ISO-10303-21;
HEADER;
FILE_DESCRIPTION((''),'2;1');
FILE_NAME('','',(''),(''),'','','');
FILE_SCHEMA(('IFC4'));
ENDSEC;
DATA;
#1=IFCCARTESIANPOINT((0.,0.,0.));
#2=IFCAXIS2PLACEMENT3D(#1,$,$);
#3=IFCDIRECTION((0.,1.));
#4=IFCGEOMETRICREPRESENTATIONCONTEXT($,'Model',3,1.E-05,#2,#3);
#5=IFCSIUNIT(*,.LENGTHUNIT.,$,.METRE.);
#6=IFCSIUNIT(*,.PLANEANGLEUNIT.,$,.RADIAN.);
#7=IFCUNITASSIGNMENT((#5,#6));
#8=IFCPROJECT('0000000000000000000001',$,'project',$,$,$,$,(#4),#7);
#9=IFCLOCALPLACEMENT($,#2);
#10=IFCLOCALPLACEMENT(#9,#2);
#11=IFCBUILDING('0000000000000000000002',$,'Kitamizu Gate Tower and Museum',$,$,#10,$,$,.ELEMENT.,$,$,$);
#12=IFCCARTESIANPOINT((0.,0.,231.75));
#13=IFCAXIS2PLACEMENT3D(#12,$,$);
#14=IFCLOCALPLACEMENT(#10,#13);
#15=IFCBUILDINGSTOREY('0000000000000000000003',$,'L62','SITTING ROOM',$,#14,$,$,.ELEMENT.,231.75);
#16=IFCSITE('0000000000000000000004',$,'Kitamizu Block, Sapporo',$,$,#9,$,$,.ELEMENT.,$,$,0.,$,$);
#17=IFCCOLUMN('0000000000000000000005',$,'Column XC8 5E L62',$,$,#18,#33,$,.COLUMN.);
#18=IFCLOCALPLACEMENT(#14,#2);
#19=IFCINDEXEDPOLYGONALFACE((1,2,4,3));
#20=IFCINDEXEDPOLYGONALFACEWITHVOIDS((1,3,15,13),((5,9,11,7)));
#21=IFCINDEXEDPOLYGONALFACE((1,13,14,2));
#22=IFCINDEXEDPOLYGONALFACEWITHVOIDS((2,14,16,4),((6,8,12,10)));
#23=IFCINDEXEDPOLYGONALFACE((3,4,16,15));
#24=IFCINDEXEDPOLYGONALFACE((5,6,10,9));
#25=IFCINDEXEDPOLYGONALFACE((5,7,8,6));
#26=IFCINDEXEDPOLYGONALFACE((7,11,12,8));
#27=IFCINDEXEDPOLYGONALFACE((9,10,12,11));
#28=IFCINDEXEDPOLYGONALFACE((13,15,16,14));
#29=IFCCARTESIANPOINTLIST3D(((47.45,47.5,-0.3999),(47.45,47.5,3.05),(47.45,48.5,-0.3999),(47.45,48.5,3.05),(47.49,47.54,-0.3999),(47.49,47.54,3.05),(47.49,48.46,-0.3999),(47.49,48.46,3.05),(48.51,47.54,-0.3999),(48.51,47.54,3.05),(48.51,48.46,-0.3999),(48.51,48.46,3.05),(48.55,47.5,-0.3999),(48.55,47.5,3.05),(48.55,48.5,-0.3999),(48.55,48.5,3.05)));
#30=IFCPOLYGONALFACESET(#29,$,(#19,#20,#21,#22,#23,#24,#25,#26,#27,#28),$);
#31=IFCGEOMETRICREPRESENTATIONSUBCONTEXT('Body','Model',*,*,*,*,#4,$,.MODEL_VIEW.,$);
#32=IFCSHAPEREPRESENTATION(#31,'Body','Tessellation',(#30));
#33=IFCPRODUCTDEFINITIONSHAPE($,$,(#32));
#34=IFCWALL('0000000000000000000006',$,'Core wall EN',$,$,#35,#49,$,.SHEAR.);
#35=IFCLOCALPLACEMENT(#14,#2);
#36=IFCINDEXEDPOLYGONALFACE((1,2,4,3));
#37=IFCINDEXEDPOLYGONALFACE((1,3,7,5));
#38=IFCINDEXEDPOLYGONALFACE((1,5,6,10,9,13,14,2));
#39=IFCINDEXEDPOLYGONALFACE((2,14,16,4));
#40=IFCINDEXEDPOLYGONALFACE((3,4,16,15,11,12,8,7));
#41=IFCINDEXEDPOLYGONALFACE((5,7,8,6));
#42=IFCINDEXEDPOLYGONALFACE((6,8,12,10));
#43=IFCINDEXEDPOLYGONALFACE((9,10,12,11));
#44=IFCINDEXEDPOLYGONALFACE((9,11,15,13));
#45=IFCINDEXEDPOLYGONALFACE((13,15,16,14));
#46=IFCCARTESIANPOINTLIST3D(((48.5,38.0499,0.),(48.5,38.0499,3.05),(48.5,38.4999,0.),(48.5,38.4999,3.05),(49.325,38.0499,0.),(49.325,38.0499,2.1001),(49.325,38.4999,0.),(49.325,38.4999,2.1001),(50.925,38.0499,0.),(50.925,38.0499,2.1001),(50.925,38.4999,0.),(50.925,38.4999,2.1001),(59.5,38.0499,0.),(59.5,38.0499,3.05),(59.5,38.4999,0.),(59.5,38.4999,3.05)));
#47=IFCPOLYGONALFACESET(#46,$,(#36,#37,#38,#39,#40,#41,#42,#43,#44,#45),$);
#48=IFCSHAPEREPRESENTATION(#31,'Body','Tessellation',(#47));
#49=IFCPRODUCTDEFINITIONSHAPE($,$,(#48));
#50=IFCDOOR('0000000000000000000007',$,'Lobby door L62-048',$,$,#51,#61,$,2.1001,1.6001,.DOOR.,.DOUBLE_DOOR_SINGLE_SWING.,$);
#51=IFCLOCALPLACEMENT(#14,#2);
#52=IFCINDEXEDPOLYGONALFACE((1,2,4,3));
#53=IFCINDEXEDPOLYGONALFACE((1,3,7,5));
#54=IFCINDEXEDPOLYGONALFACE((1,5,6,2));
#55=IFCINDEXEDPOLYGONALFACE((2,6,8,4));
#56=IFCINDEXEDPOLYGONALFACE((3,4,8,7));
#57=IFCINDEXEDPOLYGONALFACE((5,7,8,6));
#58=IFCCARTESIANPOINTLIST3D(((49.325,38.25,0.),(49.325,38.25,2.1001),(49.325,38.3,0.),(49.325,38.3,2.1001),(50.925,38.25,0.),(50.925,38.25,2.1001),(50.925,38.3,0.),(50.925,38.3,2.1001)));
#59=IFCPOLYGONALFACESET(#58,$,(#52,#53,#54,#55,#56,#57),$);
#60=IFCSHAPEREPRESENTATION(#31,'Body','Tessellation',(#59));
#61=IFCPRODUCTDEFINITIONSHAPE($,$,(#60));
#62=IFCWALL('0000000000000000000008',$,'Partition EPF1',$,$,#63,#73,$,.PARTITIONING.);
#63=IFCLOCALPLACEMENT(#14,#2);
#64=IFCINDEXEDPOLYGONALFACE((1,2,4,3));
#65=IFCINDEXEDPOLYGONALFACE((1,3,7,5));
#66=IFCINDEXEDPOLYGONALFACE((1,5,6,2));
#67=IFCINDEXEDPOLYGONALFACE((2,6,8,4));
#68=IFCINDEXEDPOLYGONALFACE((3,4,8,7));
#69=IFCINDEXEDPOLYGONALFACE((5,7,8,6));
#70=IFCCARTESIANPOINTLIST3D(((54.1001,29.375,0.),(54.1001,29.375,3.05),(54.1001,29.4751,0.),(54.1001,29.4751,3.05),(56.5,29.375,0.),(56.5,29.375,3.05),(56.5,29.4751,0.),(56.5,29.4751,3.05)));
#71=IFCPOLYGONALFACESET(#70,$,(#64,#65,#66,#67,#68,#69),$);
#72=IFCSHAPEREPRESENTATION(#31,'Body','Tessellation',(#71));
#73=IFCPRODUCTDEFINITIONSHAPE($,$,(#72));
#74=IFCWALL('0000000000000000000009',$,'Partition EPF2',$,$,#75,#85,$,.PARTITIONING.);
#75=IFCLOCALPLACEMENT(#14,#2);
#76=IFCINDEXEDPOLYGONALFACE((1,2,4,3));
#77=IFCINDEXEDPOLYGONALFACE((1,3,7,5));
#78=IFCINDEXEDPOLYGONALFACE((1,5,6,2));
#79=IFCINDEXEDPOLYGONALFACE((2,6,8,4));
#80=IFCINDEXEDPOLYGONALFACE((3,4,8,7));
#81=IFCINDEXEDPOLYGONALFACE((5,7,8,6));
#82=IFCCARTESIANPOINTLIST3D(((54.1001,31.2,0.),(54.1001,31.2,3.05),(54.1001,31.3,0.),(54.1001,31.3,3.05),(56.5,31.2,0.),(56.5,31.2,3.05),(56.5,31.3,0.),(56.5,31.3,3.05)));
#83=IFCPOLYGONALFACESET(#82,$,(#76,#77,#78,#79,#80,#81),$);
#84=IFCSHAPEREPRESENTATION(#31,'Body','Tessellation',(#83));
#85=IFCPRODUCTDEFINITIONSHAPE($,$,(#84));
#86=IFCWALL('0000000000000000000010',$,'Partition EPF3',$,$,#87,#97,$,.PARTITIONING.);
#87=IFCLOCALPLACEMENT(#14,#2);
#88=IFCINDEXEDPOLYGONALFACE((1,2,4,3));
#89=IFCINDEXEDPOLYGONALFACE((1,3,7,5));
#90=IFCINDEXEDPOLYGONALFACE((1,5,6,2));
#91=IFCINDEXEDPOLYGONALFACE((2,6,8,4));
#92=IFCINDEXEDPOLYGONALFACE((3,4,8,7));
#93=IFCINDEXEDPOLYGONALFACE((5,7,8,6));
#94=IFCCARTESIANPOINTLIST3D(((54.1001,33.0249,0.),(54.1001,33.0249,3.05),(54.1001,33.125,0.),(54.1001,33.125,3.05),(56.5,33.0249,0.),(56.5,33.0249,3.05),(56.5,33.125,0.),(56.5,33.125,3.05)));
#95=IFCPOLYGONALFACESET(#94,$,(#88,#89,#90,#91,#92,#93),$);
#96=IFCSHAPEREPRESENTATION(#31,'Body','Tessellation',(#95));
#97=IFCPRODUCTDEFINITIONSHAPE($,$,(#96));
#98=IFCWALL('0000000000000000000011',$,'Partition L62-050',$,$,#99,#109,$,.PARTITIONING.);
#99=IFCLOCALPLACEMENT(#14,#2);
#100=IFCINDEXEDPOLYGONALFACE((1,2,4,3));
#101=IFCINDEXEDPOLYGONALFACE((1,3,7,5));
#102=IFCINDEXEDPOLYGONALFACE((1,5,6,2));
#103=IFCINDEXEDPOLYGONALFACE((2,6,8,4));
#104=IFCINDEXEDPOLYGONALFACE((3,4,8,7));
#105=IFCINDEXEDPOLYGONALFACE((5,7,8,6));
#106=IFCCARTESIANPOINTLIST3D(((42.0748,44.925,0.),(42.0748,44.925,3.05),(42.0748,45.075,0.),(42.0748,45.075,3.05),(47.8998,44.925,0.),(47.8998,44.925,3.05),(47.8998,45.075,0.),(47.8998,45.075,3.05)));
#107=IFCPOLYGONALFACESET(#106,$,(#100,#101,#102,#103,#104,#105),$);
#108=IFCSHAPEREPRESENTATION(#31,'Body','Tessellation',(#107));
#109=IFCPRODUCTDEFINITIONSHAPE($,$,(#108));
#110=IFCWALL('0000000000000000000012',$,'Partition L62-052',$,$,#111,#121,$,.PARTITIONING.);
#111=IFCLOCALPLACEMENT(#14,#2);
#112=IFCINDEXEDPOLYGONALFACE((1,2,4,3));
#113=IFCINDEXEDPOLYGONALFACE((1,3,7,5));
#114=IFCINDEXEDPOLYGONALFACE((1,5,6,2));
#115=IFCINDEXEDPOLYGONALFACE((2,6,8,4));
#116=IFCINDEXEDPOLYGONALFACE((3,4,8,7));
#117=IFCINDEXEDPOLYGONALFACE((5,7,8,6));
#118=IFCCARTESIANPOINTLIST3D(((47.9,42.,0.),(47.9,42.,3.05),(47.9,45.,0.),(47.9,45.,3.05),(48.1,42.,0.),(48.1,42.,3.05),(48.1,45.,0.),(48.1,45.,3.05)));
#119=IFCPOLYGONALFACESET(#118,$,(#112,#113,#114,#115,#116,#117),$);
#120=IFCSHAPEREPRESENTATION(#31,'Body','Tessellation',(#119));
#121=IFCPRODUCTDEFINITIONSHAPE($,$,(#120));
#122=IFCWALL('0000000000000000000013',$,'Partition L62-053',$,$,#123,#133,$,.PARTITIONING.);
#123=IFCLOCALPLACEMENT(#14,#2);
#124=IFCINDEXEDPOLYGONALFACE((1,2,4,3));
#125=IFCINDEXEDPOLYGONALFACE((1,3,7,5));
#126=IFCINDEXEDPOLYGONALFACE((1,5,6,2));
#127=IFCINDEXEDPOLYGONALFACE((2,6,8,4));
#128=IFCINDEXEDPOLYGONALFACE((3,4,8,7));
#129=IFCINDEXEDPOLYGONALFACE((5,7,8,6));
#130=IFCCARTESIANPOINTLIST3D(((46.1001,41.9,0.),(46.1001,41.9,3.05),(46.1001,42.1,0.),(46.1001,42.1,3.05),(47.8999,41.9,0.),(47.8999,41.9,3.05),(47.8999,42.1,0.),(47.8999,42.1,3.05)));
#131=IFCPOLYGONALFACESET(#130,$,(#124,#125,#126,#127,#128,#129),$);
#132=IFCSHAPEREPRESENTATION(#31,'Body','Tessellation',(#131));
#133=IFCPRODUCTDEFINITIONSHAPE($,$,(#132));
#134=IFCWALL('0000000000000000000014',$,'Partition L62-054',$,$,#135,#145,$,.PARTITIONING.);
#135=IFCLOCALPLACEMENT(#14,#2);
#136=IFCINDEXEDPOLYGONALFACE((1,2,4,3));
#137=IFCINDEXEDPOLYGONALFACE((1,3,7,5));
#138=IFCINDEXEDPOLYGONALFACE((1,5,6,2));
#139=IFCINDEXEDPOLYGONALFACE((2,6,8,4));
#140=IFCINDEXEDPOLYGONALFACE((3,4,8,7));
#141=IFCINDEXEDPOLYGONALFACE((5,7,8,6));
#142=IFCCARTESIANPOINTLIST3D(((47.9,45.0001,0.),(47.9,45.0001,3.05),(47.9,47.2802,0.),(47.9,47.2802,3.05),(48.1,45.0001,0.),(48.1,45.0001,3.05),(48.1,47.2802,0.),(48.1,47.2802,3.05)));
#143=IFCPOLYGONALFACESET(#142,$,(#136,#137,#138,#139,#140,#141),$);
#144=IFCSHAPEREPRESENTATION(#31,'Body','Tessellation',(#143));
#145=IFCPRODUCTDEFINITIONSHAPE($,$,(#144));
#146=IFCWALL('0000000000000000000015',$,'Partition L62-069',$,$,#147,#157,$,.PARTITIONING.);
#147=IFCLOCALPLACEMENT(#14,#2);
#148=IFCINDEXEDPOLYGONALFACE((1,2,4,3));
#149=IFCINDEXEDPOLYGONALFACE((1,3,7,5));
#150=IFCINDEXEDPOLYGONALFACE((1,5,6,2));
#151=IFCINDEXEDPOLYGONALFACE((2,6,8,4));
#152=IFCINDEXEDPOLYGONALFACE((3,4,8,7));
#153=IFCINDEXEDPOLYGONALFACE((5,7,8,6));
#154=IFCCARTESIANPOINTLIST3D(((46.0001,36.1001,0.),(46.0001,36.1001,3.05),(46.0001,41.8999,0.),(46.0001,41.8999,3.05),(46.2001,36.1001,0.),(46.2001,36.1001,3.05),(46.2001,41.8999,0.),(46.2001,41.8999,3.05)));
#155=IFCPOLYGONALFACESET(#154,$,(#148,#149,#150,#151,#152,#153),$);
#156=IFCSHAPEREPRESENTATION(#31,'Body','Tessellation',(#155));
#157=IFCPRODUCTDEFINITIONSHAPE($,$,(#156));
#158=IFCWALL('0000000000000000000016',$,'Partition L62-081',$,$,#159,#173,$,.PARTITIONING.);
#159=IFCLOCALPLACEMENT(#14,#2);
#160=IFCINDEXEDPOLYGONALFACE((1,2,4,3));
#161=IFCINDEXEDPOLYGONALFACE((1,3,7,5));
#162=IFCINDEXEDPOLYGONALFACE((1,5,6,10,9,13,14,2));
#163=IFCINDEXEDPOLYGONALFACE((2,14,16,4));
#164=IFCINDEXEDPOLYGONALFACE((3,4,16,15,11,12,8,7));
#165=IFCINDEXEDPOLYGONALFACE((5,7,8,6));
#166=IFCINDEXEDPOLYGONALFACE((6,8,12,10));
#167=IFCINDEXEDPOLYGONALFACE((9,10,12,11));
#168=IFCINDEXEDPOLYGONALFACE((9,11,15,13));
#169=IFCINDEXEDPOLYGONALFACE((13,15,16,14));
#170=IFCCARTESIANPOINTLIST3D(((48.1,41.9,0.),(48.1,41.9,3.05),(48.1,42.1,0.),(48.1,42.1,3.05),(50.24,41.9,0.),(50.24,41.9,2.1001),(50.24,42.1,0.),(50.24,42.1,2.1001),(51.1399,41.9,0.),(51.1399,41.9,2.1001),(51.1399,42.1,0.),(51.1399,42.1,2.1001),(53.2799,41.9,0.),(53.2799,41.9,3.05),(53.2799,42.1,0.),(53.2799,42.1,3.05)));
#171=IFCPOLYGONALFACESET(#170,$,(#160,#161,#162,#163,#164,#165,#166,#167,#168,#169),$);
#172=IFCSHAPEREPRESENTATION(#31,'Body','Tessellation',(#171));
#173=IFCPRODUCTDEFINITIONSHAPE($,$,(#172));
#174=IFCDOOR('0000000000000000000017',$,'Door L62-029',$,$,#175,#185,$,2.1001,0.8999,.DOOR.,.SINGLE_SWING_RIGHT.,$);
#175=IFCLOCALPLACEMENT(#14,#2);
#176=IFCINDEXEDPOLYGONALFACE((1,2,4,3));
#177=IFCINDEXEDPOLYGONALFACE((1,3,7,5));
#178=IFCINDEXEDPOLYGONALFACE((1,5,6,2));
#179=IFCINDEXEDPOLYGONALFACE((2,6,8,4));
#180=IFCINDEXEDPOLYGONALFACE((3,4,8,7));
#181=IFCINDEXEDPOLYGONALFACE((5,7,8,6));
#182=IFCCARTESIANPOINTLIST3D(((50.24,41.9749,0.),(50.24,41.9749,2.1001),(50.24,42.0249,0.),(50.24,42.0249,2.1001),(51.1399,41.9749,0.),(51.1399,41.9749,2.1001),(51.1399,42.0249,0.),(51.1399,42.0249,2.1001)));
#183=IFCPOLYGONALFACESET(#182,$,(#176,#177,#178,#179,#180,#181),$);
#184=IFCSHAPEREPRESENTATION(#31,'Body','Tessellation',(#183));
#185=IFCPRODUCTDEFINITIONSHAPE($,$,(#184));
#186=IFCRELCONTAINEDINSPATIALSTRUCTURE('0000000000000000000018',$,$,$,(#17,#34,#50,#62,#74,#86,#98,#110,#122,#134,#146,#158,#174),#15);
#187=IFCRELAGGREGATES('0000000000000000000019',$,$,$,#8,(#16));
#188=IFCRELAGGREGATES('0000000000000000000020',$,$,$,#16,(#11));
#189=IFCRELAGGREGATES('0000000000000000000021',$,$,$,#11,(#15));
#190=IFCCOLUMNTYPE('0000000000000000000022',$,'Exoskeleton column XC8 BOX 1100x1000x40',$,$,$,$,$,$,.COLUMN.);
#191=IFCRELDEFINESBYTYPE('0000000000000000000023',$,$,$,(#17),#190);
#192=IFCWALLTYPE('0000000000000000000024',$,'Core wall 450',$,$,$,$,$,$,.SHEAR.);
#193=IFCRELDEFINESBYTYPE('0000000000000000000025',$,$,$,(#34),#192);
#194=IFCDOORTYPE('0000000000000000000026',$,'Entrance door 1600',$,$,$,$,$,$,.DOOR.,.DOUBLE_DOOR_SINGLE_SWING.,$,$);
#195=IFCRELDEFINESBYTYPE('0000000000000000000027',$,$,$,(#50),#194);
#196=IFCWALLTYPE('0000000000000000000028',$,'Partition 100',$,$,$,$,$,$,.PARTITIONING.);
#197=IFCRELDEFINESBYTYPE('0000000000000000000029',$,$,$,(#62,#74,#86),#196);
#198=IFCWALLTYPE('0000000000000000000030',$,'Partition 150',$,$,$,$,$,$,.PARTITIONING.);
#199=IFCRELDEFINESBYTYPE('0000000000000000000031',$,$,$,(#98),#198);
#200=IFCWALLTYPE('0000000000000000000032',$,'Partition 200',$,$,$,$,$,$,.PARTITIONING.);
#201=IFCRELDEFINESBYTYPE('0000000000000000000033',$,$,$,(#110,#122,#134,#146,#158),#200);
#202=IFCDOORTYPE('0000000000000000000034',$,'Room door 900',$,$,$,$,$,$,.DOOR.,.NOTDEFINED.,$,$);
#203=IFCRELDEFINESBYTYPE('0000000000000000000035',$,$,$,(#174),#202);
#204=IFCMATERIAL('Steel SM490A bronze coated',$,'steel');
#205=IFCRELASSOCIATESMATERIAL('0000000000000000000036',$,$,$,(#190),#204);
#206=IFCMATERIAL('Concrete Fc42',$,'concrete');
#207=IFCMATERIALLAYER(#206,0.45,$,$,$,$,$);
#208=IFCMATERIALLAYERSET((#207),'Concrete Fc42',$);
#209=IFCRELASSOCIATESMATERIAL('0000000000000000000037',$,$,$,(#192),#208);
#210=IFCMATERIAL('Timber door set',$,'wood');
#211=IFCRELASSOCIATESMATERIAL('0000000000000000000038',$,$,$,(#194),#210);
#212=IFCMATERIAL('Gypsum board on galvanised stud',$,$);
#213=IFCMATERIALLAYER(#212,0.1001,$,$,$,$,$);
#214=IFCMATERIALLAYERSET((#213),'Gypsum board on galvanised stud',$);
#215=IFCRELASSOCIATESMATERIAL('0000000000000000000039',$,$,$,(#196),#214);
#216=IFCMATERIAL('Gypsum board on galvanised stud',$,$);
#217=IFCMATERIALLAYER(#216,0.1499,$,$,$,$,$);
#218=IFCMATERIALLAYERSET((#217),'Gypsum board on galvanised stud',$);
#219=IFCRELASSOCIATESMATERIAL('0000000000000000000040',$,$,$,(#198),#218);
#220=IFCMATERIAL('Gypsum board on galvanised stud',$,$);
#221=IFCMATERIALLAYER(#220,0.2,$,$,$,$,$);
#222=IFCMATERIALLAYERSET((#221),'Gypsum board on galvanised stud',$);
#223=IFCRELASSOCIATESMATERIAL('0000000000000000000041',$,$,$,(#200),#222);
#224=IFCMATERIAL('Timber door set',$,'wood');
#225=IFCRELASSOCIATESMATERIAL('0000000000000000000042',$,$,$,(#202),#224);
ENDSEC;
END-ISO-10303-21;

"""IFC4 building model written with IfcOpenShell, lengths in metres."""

from ifc_helpers import new_model, si_unit, direction, frame, frame_2d, origin, origin_2d, place, context, subcontext, project, spatial, rectangle, hollow_rectangle, extrude, material, layer, layer_set, material_profile, profile_set, type_object, element, fill, save


model = new_model("IFC4")

# Units and contexts
model_context = context("Model", 3, precision=1e-05, world=origin(), true_north=direction((0.0, 1.0)))
body_context = subcontext(model_context, "Body", "Model", "MODEL_VIEW")
ifc_project = project(units=[si_unit("LENGTHUNIT", "METRE"), si_unit("PLANEANGLEUNIT", "RADIAN")], contexts=[model_context])

# Site, building, storey
site_placement = place(None, origin())
site = spatial("IfcSite", under=ifc_project, at=site_placement, Name="Kitamizu Block, Sapporo", CompositionType="ELEMENT", RefElevation=0.0)
building_placement = place(site_placement, origin())
building = spatial("IfcBuilding", under=site, at=building_placement, Name="Kitamizu Gate Tower and Museum", CompositionType="ELEMENT")
storey_placement = place(building_placement, frame((0.0, 0.0, 231.75)))
storey = spatial("IfcBuildingStorey", under=building, at=storey_placement, Name="L62", Description="SITTING ROOM", CompositionType="ELEMENT", Elevation=231.75)

# Column
ifc_material_1 = material(Name="Steel SM490A bronze coated", Category="steel")
ifc_material_profile = material_profile(ifc_material_1, hollow_rectangle(XDim=1.1001, YDim=1.0, WallThickness=0.04, at=origin_2d()), Name="BOX 1100x1000x40")
ifc_profile_set = profile_set([ifc_material_profile], Name="Steel SM490A bronze coated")
column_type = type_object("IfcColumnType", Name="Exoskeleton column XC8 BOX 1100x1000x40", PredefinedType="COLUMN", material=ifc_profile_set)
column_placement = place(storey_placement, frame((48.0, 48.0, -0.3999), z_axis=(0.0, 0.0, 1.0), x_axis=(1.0, 0.0, 0.0)))
element("IfcColumn", 1, at=column_placement, inside=storey, type_object=column_type, Name="Column XC8 5E L62", PredefinedType="COLUMN", context=body_context, shape_type="SweptSolid", body=[
    extrude(hollow_rectangle(XDim=1.1001, YDim=1.0, WallThickness=0.04, at=origin_2d()), origin(), (0.0, 0.0, 1.0), 3.45),
])

# Wall, opening, door
ifc_material_2 = material(Name="Concrete Fc42", Category="concrete")
ifc_layer_1 = layer(ifc_material_2, 0.45)
ifc_layer_set_1 = layer_set([ifc_layer_1], Name="Concrete Fc42")
wall_type_1 = type_object("IfcWallType", Name="Core wall 450", PredefinedType="SHEAR", material=ifc_layer_set_1)
wall_1_placement = place(storey_placement, frame((59.5, 38.2749, 0.0), z_axis=(0.0, 0.0, 1.0), x_axis=(-1.0, 0.0, 0.0)))
wall_1 = element("IfcWall", 2, at=wall_1_placement, inside=storey, type_object=wall_type_1, Name="Core wall EN", PredefinedType="SHEAR", context=body_context, shape_type="SweptSolid", body=[
    extrude(rectangle(XDim=11.0, YDim=0.45, at=frame_2d((5.5, 0.0))), origin(), (0.0, 0.0, 1.0), 3.05),
])
opening_1_placement = place(wall_1_placement, frame((8.575, 0.0, 0.0)))
opening_1 = element("IfcOpeningElement", 3, at=opening_1_placement, cuts=wall_1, PredefinedType="OPENING", context=body_context, shape_type="SweptSolid", body=[
    extrude(rectangle(XDim=1.6001, YDim=2.1001, at=frame_2d((0.8, 1.05))), frame((0.0, 0.2349, 0.0), z_axis=(0.0, -1.0, 0.0), x_axis=(1.0, 0.0, 0.0)), (0.0, 0.0, 1.0), 0.47),
])
ifc_material_3 = material(Name="Timber door set", Category="wood")
door_type_1 = type_object("IfcDoorType", Name="Entrance door 1600", OperationType="DOUBLE_DOOR_SINGLE_SWING", PredefinedType="DOOR", material=ifc_material_3)
door_1_placement = place(opening_1_placement, origin())
door_1 = element("IfcDoor", 4, at=door_1_placement, inside=storey, type_object=door_type_1, Name="Lobby door L62-048", OperationType="DOUBLE_DOOR_SINGLE_SWING", OverallHeight=2.1001, OverallWidth=1.6001, PredefinedType="DOOR", context=body_context, shape_type="SweptSolid", body=[
    extrude(rectangle(XDim=1.6001, YDim=2.1001, at=frame_2d((0.8, 1.05))), frame((0.0, 0.0249, 0.0), z_axis=(0.0, -1.0, 0.0), x_axis=(1.0, 0.0, 0.0)), (0.0, 0.0, 1.0), 0.05),
])
fill(opening_1, door_1)

# Walls
ifc_material_4 = material(Name="Gypsum board on galvanised stud")
ifc_layer_2 = layer(ifc_material_4, 0.1001)
ifc_layer_set_2 = layer_set([ifc_layer_2], Name="Gypsum board on galvanised stud")
wall_type_2 = type_object("IfcWallType", Name="Partition 100", PredefinedType="PARTITIONING", material=ifc_layer_set_2)
for number, where, z_axis, x_axis, name in (
    (5, (56.5, 29.425, 0.0), (0.0, 0.0, 1.0), (-1.0, 0.0, 0.0), "Partition EPF1"),
    (6, (56.5, 31.25, 0.0), (0.0, 0.0, 1.0), (-1.0, 0.0, 0.0), "Partition EPF2"),
    (7, (56.5, 33.075, 0.0), (0.0, 0.0, 1.0), (-1.0, 0.0, 0.0), "Partition EPF3"),
):
    element("IfcWall", number, at=place(storey_placement, frame(where, z_axis=z_axis, x_axis=x_axis)), inside=storey, type_object=wall_type_2, Name=name, PredefinedType="PARTITIONING", context=body_context, shape_type="SweptSolid", body=[
        extrude(rectangle(XDim=2.3999, YDim=0.1001, at=frame_2d((1.2, 0.0))), origin(), (0.0, 0.0, 1.0), 3.05),
    ])
ifc_material_5 = material(Name="Gypsum board on galvanised stud")
ifc_layer_3 = layer(ifc_material_5, 0.1499)
ifc_layer_set_3 = layer_set([ifc_layer_3], Name="Gypsum board on galvanised stud")
wall_type_3 = type_object("IfcWallType", Name="Partition 150", PredefinedType="PARTITIONING", material=ifc_layer_set_3)
wall_2_placement = place(storey_placement, frame((47.8999, 45.0, 0.0), z_axis=(0.0, 0.0, 1.0), x_axis=(-1.0, 0.0, 0.0)))
element("IfcWall", 8, at=wall_2_placement, inside=storey, type_object=wall_type_3, Name="Partition L62-050", PredefinedType="PARTITIONING", context=body_context, shape_type="SweptSolid", body=[
    extrude(rectangle(XDim=5.825, YDim=0.1499, at=frame_2d((2.9126, 0.0))), origin(), (0.0, 0.0, 1.0), 3.05),
])
ifc_material_6 = material(Name="Gypsum board on galvanised stud")
ifc_layer_4 = layer(ifc_material_6, 0.2)
ifc_layer_set_4 = layer_set([ifc_layer_4], Name="Gypsum board on galvanised stud")
wall_type_4 = type_object("IfcWallType", Name="Partition 200", PredefinedType="PARTITIONING", material=ifc_layer_set_4)
wall_3_placement = place(storey_placement, frame((48.0, 42.0, 0.0), z_axis=(0.0, 0.0, 1.0), x_axis=(0.0, 1.0, 0.0)))
element("IfcWall", 9, at=wall_3_placement, inside=storey, type_object=wall_type_4, Name="Partition L62-052", PredefinedType="PARTITIONING", context=body_context, shape_type="SweptSolid", body=[
    extrude(rectangle(XDim=3.0, YDim=0.2, at=frame_2d((1.5, 0.0))), origin(), (0.0, 0.0, 1.0), 3.05),
])
wall_4_placement = place(storey_placement, frame((46.1001, 42.0, 0.0), z_axis=(0.0, 0.0, 1.0), x_axis=(1.0, 0.0, 0.0)))
element("IfcWall", 10, at=wall_4_placement, inside=storey, type_object=wall_type_4, Name="Partition L62-053", PredefinedType="PARTITIONING", context=body_context, shape_type="SweptSolid", body=[
    extrude(rectangle(XDim=1.7998, YDim=0.2, at=frame_2d((0.8999, 0.0))), origin(), (0.0, 0.0, 1.0), 3.05),
])
wall_5_placement = place(storey_placement, frame((48.0, 45.0, 0.0), z_axis=(0.0, 0.0, 1.0), x_axis=(0.0, 1.0, 0.0)))
element("IfcWall", 11, at=wall_5_placement, inside=storey, type_object=wall_type_4, Name="Partition L62-054", PredefinedType="PARTITIONING", context=body_context, shape_type="SweptSolid", body=[
    extrude(rectangle(XDim=2.28, YDim=0.2, at=frame_2d((1.1401, 0.0))), origin(), (0.0, 0.0, 1.0), 3.05),
])
wall_6_placement = place(storey_placement, frame((46.1001, 36.1001, 0.0), z_axis=(0.0, 0.0, 1.0), x_axis=(0.0, 1.0, 0.0)))
element("IfcWall", 12, at=wall_6_placement, inside=storey, type_object=wall_type_4, Name="Partition L62-069", PredefinedType="PARTITIONING", context=body_context, shape_type="SweptSolid", body=[
    extrude(rectangle(XDim=5.7998, YDim=0.2, at=frame_2d((2.8999, 0.0))), origin(), (0.0, 0.0, 1.0), 3.05),
])

# Wall, opening, door
wall_7_placement = place(storey_placement, frame((48.1001, 42.0, 0.0), z_axis=(0.0, 0.0, 1.0), x_axis=(1.0, 0.0, 0.0)))
wall_7 = element("IfcWall", 13, at=wall_7_placement, inside=storey, type_object=wall_type_4, Name="Partition L62-081", PredefinedType="PARTITIONING", context=body_context, shape_type="SweptSolid", body=[
    extrude(rectangle(XDim=5.1799, YDim=0.2, at=frame_2d((2.5898, 0.0))), origin(), (0.0, 0.0, 1.0), 3.05),
])
opening_2_placement = place(wall_7_placement, frame((2.1399, 0.0, 0.0)))
opening_2 = element("IfcOpeningElement", 14, at=opening_2_placement, cuts=wall_7, PredefinedType="OPENING", context=body_context, shape_type="SweptSolid", body=[
    extrude(rectangle(XDim=0.8999, YDim=2.1001, at=frame_2d((0.45, 1.05))), frame((0.0, 0.1099, 0.0), z_axis=(0.0, -1.0, 0.0), x_axis=(1.0, 0.0, 0.0)), (0.0, 0.0, 1.0), 0.22),
])
ifc_material_7 = material(Name="Timber door set", Category="wood")
door_type_2 = type_object("IfcDoorType", Name="Room door 900", OperationType="NOTDEFINED", PredefinedType="DOOR", material=ifc_material_7)
door_2_placement = place(opening_2_placement, origin())
door_2 = element("IfcDoor", 15, at=door_2_placement, inside=storey, type_object=door_type_2, Name="Door L62-029", OperationType="SINGLE_SWING_RIGHT", OverallHeight=2.1001, OverallWidth=0.8999, PredefinedType="DOOR", context=body_context, shape_type="SweptSolid", body=[
    extrude(rectangle(XDim=0.8999, YDim=2.1001, at=frame_2d((0.45, 1.05))), frame((0.0, 0.0249, 0.0), z_axis=(0.0, -1.0, 0.0), x_axis=(1.0, 0.0, 0.0)), (0.0, 0.0, 1.0), 0.05),
])
fill(opening_2, door_2)

save(model, "model.ifc")
